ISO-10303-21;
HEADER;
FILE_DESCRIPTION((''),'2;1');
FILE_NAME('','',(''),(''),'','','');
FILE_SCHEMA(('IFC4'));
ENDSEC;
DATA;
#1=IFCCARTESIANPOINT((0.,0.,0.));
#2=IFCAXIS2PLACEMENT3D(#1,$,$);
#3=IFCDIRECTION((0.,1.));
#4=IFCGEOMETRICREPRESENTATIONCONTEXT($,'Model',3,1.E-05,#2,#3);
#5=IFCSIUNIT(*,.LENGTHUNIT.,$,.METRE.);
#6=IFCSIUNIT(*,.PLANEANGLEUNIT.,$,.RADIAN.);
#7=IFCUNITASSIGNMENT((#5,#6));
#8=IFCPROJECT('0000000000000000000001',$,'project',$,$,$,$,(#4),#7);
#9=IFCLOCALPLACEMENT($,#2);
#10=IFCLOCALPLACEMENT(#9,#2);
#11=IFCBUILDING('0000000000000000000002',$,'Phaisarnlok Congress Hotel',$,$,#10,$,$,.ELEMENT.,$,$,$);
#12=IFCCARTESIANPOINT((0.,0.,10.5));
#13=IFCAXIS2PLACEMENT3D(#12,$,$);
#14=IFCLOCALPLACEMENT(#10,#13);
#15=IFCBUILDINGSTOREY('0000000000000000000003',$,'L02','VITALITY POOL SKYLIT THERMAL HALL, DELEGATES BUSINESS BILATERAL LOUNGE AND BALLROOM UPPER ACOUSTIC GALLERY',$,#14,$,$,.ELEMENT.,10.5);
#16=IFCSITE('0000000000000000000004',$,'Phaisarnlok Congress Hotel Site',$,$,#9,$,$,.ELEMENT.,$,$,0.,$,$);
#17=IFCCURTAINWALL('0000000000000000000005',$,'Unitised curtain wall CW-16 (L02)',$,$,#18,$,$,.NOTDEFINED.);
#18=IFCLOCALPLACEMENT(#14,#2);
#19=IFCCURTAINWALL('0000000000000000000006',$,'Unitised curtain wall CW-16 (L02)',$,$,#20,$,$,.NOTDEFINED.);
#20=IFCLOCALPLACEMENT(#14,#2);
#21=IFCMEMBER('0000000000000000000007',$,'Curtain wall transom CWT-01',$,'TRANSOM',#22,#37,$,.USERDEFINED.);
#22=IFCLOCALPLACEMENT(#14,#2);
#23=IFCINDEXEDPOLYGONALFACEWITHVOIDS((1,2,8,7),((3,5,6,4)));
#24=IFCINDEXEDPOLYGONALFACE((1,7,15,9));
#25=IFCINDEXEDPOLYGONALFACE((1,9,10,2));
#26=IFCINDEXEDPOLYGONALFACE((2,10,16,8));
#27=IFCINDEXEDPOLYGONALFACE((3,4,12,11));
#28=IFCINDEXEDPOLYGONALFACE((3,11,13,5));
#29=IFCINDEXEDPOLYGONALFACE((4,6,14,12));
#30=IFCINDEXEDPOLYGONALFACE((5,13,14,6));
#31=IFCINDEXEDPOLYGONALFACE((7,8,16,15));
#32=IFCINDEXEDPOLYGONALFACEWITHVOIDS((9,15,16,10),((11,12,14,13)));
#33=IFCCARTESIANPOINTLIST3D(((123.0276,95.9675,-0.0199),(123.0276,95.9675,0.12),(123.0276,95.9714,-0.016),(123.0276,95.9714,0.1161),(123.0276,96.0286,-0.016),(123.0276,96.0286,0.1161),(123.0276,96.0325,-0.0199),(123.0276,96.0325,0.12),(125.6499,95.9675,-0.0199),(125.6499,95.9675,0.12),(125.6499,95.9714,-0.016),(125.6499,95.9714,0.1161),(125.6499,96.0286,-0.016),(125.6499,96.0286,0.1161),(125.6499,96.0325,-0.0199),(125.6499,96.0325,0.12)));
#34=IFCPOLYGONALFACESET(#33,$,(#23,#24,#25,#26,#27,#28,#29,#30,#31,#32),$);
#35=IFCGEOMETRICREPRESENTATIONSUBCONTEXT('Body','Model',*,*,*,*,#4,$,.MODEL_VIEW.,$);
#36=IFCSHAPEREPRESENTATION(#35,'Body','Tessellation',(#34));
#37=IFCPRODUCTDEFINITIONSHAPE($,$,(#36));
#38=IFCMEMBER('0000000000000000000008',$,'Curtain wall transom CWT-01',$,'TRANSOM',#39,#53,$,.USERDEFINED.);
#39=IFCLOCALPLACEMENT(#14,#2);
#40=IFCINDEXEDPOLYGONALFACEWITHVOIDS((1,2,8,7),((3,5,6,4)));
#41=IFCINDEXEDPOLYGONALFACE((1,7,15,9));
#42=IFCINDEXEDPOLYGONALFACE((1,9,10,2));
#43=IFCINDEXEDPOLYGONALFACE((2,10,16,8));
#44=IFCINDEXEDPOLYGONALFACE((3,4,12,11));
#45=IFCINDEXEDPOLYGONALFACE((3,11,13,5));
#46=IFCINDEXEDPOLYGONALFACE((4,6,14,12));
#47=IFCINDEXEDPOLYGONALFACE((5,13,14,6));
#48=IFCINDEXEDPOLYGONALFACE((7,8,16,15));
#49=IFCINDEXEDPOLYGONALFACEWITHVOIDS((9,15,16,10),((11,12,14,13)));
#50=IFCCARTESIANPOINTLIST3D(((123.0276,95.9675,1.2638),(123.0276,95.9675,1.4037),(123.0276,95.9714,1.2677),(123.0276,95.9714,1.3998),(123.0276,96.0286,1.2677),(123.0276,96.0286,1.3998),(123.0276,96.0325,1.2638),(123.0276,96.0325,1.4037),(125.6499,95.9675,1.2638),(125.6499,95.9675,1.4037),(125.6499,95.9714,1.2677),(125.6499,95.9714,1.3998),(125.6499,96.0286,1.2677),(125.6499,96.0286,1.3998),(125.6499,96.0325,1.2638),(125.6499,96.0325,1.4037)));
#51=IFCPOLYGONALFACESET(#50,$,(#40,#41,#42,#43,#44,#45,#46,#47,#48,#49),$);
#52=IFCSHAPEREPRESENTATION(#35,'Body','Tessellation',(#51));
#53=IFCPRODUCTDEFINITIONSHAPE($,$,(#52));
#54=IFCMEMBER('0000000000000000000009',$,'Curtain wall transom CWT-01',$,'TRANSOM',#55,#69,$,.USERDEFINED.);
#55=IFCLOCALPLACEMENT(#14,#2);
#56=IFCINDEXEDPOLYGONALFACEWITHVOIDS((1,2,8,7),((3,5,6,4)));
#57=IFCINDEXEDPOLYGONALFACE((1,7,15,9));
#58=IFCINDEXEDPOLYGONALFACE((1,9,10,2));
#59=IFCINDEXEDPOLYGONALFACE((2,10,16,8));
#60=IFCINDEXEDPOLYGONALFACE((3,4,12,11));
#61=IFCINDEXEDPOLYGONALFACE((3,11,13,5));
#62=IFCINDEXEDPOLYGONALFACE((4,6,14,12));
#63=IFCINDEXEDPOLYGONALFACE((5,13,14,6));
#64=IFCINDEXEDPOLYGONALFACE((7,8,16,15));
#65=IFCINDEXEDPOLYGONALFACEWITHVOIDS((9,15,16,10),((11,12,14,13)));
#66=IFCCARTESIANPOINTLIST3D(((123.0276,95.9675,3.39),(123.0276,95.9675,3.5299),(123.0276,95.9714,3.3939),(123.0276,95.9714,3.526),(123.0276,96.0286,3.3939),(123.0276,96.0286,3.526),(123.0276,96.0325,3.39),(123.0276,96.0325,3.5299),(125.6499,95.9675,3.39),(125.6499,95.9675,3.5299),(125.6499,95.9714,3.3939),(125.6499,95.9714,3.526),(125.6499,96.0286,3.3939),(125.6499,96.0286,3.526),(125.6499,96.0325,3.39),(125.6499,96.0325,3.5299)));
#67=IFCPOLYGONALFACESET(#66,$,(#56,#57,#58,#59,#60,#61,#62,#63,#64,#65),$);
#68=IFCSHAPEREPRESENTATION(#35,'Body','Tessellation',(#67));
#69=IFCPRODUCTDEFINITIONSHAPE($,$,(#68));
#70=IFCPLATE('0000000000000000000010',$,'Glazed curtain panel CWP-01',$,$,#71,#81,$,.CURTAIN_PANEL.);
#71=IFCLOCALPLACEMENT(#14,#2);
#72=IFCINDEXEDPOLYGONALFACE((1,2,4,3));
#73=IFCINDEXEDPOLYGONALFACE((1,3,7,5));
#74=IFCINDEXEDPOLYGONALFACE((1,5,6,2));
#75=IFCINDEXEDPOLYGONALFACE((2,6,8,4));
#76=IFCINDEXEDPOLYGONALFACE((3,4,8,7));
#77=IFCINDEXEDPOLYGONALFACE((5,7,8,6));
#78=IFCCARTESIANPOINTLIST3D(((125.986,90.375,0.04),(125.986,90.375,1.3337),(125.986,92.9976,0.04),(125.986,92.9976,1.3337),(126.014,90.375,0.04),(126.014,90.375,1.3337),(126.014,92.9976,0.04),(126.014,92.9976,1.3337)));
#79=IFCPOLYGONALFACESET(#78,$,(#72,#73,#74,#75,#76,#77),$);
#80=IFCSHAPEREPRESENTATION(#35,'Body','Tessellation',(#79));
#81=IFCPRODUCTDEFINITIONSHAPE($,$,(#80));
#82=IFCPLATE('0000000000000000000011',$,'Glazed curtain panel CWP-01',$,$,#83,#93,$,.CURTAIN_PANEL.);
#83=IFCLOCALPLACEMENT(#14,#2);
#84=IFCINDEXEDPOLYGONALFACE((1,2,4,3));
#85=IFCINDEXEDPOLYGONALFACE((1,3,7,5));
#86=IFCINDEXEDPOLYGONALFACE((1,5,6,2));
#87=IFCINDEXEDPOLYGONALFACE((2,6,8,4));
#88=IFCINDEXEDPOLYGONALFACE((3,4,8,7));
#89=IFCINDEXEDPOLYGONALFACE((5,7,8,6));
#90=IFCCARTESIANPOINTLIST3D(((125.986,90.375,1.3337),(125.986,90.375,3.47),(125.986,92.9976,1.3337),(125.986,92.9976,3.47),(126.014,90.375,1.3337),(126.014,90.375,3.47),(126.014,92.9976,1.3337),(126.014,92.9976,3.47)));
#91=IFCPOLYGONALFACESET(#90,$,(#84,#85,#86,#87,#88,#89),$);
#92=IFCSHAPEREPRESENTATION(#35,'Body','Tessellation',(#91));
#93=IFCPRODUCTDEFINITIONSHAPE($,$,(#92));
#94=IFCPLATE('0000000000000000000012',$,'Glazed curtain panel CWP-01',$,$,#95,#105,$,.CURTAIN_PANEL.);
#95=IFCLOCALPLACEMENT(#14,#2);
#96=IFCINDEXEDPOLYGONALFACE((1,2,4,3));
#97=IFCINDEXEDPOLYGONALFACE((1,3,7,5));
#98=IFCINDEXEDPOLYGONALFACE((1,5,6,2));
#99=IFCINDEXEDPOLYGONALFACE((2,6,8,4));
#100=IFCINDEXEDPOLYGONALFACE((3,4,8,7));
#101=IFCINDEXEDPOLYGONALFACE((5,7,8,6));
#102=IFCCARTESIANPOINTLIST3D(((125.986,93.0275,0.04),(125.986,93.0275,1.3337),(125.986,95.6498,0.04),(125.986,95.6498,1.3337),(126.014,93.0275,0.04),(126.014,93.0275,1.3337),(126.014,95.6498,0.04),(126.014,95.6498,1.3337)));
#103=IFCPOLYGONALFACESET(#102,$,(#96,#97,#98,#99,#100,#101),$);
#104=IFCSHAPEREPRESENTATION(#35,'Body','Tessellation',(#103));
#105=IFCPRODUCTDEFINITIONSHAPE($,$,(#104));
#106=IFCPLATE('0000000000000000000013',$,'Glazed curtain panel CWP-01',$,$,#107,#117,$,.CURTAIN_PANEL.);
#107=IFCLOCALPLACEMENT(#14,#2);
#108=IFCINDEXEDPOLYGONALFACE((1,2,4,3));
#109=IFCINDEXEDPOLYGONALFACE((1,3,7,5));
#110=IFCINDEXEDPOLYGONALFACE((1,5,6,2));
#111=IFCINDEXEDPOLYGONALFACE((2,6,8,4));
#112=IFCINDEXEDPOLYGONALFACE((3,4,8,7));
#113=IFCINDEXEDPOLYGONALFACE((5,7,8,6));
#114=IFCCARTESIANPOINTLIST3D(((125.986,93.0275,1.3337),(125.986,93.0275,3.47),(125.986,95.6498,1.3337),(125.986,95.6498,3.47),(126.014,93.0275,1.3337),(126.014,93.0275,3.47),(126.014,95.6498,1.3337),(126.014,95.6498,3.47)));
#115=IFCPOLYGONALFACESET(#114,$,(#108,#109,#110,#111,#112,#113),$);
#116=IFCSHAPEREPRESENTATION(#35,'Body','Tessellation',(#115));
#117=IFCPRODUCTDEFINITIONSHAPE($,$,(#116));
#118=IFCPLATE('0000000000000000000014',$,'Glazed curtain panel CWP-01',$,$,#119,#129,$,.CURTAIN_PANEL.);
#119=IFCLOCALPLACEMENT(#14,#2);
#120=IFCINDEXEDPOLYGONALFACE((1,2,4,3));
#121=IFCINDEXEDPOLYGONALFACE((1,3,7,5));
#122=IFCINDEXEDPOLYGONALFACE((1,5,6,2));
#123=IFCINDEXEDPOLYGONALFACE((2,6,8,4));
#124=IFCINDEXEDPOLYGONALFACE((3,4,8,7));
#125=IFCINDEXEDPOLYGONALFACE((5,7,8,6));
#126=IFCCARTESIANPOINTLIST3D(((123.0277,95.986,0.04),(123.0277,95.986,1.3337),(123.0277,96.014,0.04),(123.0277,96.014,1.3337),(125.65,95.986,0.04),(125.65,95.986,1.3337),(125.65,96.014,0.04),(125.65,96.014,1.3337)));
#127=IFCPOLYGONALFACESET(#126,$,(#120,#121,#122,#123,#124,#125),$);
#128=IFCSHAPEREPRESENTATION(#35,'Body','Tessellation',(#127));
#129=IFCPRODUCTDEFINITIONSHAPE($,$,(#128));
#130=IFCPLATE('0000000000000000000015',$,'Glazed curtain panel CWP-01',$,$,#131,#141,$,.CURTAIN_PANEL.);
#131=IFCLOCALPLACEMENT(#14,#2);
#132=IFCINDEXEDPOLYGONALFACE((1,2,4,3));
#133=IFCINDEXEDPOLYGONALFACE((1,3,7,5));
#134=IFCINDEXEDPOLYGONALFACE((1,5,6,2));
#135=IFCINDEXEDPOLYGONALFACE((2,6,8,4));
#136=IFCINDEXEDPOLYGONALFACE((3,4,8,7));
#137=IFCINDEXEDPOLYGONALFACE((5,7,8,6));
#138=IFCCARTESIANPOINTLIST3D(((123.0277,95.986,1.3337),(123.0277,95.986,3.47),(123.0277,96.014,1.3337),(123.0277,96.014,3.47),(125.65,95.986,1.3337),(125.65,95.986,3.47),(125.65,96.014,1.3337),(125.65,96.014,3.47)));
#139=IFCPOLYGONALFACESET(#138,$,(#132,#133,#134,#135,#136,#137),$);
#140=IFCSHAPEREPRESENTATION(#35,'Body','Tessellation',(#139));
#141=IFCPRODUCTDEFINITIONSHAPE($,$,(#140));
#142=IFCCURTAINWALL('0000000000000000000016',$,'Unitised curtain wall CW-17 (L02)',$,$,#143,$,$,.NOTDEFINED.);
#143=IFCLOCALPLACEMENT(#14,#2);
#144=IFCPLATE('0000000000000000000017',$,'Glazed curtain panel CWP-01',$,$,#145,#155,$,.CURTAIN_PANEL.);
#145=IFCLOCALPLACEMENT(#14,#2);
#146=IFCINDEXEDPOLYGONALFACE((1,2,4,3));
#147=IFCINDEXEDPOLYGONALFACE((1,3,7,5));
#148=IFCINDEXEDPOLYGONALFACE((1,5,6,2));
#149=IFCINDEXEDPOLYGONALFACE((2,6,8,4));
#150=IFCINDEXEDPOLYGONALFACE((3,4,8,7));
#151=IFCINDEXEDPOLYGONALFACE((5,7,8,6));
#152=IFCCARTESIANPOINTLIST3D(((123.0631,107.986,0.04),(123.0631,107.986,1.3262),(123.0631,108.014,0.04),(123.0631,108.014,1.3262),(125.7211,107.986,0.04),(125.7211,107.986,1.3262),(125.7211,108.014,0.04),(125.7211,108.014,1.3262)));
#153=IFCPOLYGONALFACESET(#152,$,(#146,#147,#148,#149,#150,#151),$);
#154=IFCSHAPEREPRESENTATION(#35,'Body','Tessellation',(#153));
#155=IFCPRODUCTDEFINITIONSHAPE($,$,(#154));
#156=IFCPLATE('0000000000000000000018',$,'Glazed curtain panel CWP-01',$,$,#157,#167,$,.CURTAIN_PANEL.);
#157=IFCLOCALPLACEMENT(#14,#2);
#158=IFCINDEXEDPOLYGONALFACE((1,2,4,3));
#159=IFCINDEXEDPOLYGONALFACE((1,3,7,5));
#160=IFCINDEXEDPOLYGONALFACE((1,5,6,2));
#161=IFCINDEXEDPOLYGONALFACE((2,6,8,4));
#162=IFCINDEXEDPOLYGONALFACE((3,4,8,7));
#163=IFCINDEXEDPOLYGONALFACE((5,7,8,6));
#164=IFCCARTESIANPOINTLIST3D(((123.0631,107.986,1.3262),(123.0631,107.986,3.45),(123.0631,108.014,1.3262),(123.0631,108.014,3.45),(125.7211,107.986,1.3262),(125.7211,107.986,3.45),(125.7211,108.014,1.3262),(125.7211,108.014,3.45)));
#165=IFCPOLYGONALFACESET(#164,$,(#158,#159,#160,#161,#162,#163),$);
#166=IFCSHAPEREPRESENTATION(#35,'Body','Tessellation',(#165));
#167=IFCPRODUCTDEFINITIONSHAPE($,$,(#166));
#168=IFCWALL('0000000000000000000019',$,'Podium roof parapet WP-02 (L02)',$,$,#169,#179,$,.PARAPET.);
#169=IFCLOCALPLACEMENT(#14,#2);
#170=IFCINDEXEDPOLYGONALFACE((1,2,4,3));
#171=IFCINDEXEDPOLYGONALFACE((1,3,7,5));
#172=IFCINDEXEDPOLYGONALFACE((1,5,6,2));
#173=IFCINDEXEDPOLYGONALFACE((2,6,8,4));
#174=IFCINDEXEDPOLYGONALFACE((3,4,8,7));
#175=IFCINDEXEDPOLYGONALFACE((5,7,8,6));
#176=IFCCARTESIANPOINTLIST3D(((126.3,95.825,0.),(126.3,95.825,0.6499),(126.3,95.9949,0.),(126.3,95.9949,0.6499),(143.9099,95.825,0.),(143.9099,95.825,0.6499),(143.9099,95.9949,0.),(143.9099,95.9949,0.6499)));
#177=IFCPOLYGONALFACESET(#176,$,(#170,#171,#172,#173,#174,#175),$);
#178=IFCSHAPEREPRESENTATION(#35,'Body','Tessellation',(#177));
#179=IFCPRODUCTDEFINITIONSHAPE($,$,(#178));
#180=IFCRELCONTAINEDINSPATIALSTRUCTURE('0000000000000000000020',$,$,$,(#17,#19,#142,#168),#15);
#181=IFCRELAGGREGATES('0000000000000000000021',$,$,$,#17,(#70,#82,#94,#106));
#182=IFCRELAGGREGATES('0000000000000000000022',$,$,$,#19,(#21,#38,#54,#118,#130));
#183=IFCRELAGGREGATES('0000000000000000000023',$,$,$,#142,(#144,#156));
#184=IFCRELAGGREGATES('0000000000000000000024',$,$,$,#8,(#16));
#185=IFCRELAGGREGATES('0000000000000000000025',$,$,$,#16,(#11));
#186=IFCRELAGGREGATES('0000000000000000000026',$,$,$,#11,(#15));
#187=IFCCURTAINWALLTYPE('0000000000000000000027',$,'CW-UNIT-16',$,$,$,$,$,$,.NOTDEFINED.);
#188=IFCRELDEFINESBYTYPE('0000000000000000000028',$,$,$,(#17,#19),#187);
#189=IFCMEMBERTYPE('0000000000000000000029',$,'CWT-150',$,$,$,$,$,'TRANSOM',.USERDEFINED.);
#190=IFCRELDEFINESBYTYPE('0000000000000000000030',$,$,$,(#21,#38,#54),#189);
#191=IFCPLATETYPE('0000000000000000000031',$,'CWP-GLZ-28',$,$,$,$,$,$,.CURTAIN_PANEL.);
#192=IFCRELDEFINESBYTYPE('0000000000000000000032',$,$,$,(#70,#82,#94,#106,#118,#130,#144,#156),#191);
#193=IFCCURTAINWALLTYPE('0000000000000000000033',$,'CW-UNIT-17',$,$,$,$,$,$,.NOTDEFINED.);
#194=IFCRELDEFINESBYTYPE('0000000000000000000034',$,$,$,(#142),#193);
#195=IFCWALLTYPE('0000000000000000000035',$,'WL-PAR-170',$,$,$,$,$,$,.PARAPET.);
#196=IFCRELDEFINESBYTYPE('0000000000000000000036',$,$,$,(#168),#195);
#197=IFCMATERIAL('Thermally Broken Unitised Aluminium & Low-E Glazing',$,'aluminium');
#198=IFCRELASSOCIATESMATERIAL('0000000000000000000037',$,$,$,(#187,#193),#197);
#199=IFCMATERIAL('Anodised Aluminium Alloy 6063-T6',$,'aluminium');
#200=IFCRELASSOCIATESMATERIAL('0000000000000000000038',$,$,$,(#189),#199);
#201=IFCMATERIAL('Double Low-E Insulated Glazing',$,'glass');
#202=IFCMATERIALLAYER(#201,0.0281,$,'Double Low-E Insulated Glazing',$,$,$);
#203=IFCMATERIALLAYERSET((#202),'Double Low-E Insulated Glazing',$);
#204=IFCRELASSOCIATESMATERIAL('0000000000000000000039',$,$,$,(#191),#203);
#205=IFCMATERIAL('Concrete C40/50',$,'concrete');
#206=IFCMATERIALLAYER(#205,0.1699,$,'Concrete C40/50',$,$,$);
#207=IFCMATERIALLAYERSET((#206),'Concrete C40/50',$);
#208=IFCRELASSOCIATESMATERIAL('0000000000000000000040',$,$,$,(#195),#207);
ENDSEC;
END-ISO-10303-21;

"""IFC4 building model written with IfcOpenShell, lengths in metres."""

from ifc_helpers import new_model, si_unit, direction, frame, frame_2d, origin, origin_2d, place, context, subcontext, project, spatial, rectangle, hollow_rectangle, extrude, material, layer, layer_set, material_profile, profile_set, type_object, element, aggregate, save


model = new_model("IFC4")

# Units and contexts
model_context = context("Model", 3, precision=1e-05, world=origin(), true_north=direction((0.0, 1.0)))
body_context = subcontext(model_context, "Body", "Model", "MODEL_VIEW")
ifc_project = project(units=[si_unit("LENGTHUNIT", "METRE"), si_unit("PLANEANGLEUNIT", "RADIAN")], contexts=[model_context])

# Site, building, storey
site_placement = place(None, origin())
site = spatial("IfcSite", under=ifc_project, at=site_placement, Name="Phaisarnlok Congress Hotel Site", CompositionType="ELEMENT", RefElevation=0.0)
building_placement = place(site_placement, origin())
building = spatial("IfcBuilding", under=site, at=building_placement, Name="Phaisarnlok Congress Hotel", CompositionType="ELEMENT")
storey_placement = place(building_placement, frame((0.0, 0.0, 10.5)))
storey = spatial("IfcBuildingStorey", under=building, at=storey_placement, Name="L02", Description="VITALITY POOL SKYLIT THERMAL HALL, DELEGATES BUSINESS BILATERAL LOUNGE AND BALLROOM UPPER ACOUSTIC GALLERY", CompositionType="ELEMENT", Elevation=10.5)

# Curtain wall
ifc_material_1 = material(Name="Thermally Broken Unitised Aluminium & Low-E Glazing", Category="aluminium")
curtain_wall_type_1 = type_object("IfcCurtainWallType", Name="CW-UNIT-16", PredefinedType="NOTDEFINED", material=ifc_material_1)
curtain_wall_1_placement = place(storey_placement, origin())
curtain_wall_1 = element("IfcCurtainWall", 1, at=curtain_wall_1_placement, inside=storey, type_object=curtain_wall_type_1, Name="Unitised curtain wall CW-16 (L02)", PredefinedType="NOTDEFINED")
ifc_material_2 = material(Name="Anodised Aluminium Alloy 6063-T6", Category="aluminium")

# Curtain wall
curtain_wall_2_placement = place(storey_placement, origin())
curtain_wall_2 = element("IfcCurtainWall", 2, at=curtain_wall_2_placement, inside=storey, type_object=curtain_wall_type_1, Name="Unitised curtain wall CW-16 (L02)", PredefinedType="NOTDEFINED")

# Members
ifc_material_profile_1 = material_profile(ifc_material_2, hollow_rectangle(XDim=0.0649, YDim=0.1399, WallThickness=0.0039, at=origin_2d()), Name="ALU-T 65x140x4")
ifc_profile_set_1 = profile_set([ifc_material_profile_1], Name="Anodised Aluminium Alloy 6063-T6")
member_type_1 = type_object("IfcMemberType", Name="CWT-150", ElementType="TRANSOM", PredefinedType="USERDEFINED", material=ifc_profile_set_1)
member_1_placement = place(storey_placement, frame((125.6499, 96.0, 0.05), z_axis=(-1.0, 0.0, 0.0), x_axis=(0.0, -1.0, 0.0)))
member_1 = element("IfcMember", 3, at=member_1_placement, type_object=member_type_1, Name="Curtain wall transom CWT-01", ObjectType="TRANSOM", PredefinedType="USERDEFINED", context=body_context, shape_type="SweptSolid", body=[
    extrude(hollow_rectangle(XDim=0.0649, YDim=0.1399, WallThickness=0.0039, at=origin_2d()), origin(), (0.0, 0.0, 1.0), 2.6223),
])
member_2_placement = place(storey_placement, frame((125.6499, 96.0, 1.3337), z_axis=(-1.0, 0.0, 0.0), x_axis=(0.0, -1.0, 0.0)))
member_2 = element("IfcMember", 4, at=member_2_placement, type_object=member_type_1, Name="Curtain wall transom CWT-01", ObjectType="TRANSOM", PredefinedType="USERDEFINED", context=body_context, shape_type="SweptSolid", body=[
    extrude(hollow_rectangle(XDim=0.0649, YDim=0.1399, WallThickness=0.0039, at=origin_2d()), origin(), (0.0, 0.0, 1.0), 2.6223),
])
member_3_placement = place(storey_placement, frame((125.6499, 96.0, 3.46), z_axis=(-1.0, 0.0, 0.0), x_axis=(0.0, -1.0, 0.0)))
member_3 = element("IfcMember", 5, at=member_3_placement, type_object=member_type_1, Name="Curtain wall transom CWT-01", ObjectType="TRANSOM", PredefinedType="USERDEFINED", context=body_context, shape_type="SweptSolid", body=[
    extrude(hollow_rectangle(XDim=0.0649, YDim=0.1399, WallThickness=0.0039, at=origin_2d()), origin(), (0.0, 0.0, 1.0), 2.6223),
])

# Plates
ifc_material_3 = material(Name="Double Low-E Insulated Glazing", Category="glass")
ifc_layer_1 = layer(ifc_material_3, 0.0281, Name="Double Low-E Insulated Glazing")
ifc_layer_set_1 = layer_set([ifc_layer_1], Name="Double Low-E Insulated Glazing")
plate_type = type_object("IfcPlateType", Name="CWP-GLZ-28", PredefinedType="CURTAIN_PANEL", material=ifc_layer_set_1)
plate_1_placement = place(storey_placement, frame((126.0, 90.375, 0.04), z_axis=(0.0, 0.0, 1.0), x_axis=(0.0, 1.0, 0.0)))
plate_1 = element("IfcPlate", 6, at=plate_1_placement, type_object=plate_type, Name="Glazed curtain panel CWP-01", PredefinedType="CURTAIN_PANEL", context=body_context, shape_type="SweptSolid", body=[
    extrude(rectangle(XDim=2.6226, YDim=0.0281, at=frame_2d((1.3113, 0.0))), origin(), (0.0, 0.0, 1.0), 1.2937),
])
plate_2_placement = place(storey_placement, frame((126.0, 90.375, 1.3337), z_axis=(0.0, 0.0, 1.0), x_axis=(0.0, 1.0, 0.0)))
plate_2 = element("IfcPlate", 7, at=plate_2_placement, type_object=plate_type, Name="Glazed curtain panel CWP-01", PredefinedType="CURTAIN_PANEL", context=body_context, shape_type="SweptSolid", body=[
    extrude(rectangle(XDim=2.6226, YDim=0.0281, at=frame_2d((1.3113, 0.0))), origin(), (0.0, 0.0, 1.0), 2.1362),
])
plate_3_placement = place(storey_placement, frame((126.0, 93.0276, 0.04), z_axis=(0.0, 0.0, 1.0), x_axis=(0.0, 1.0, 0.0)))
plate_3 = element("IfcPlate", 8, at=plate_3_placement, type_object=plate_type, Name="Glazed curtain panel CWP-01", PredefinedType="CURTAIN_PANEL", context=body_context, shape_type="SweptSolid", body=[
    extrude(rectangle(XDim=2.6223, YDim=0.0281, at=frame_2d((1.311, 0.0))), origin(), (0.0, 0.0, 1.0), 1.2937),
])
plate_4_placement = place(storey_placement, frame((126.0, 93.0276, 1.3337), z_axis=(0.0, 0.0, 1.0), x_axis=(0.0, 1.0, 0.0)))
plate_4 = element("IfcPlate", 9, at=plate_4_placement, type_object=plate_type, Name="Glazed curtain panel CWP-01", PredefinedType="CURTAIN_PANEL", context=body_context, shape_type="SweptSolid", body=[
    extrude(rectangle(XDim=2.6223, YDim=0.0281, at=frame_2d((1.311, 0.0))), origin(), (0.0, 0.0, 1.0), 2.1362),
])
aggregate(curtain_wall_1, [plate_1, plate_2, plate_3, plate_4])
plate_5_placement = place(storey_placement, frame((125.6499, 96.0, 0.04), z_axis=(0.0, 0.0, 1.0), x_axis=(-1.0, 0.0, 0.0)))
plate_5 = element("IfcPlate", 10, at=plate_5_placement, type_object=plate_type, Name="Glazed curtain panel CWP-01", PredefinedType="CURTAIN_PANEL", context=body_context, shape_type="SweptSolid", body=[
    extrude(rectangle(XDim=2.6223, YDim=0.0281, at=frame_2d((1.311, 0.0))), origin(), (0.0, 0.0, 1.0), 1.2937),
])
plate_6_placement = place(storey_placement, frame((125.6499, 96.0, 1.3337), z_axis=(0.0, 0.0, 1.0), x_axis=(-1.0, 0.0, 0.0)))
plate_6 = element("IfcPlate", 11, at=plate_6_placement, type_object=plate_type, Name="Glazed curtain panel CWP-01", PredefinedType="CURTAIN_PANEL", context=body_context, shape_type="SweptSolid", body=[
    extrude(rectangle(XDim=2.6223, YDim=0.0281, at=frame_2d((1.311, 0.0))), origin(), (0.0, 0.0, 1.0), 2.1362),
])
aggregate(curtain_wall_2, [member_1, member_2, member_3, plate_5, plate_6])

# Curtain wall, plates
curtain_wall_type_2 = type_object("IfcCurtainWallType", Name="CW-UNIT-17", PredefinedType="NOTDEFINED", material=ifc_material_1)
curtain_wall_3_placement = place(storey_placement, origin())
curtain_wall_3 = element("IfcCurtainWall", 12, at=curtain_wall_3_placement, inside=storey, type_object=curtain_wall_type_2, Name="Unitised curtain wall CW-17 (L02)", PredefinedType="NOTDEFINED")
plate_7_placement = place(storey_placement, frame((123.063, 108.0, 0.04), z_axis=(0.0, 0.0, 1.0), x_axis=(1.0, 0.0, 0.0)))
plate_7 = element("IfcPlate", 13, at=plate_7_placement, type_object=plate_type, Name="Glazed curtain panel CWP-01", PredefinedType="CURTAIN_PANEL", context=body_context, shape_type="SweptSolid", body=[
    extrude(rectangle(XDim=2.658, YDim=0.0281, at=frame_2d((1.3291, 0.0))), origin(), (0.0, 0.0, 1.0), 1.2861),
])
plate_8_placement = place(storey_placement, frame((123.063, 108.0, 1.3262), z_axis=(0.0, 0.0, 1.0), x_axis=(1.0, 0.0, 0.0)))
plate_8 = element("IfcPlate", 14, at=plate_8_placement, type_object=plate_type, Name="Glazed curtain panel CWP-01", PredefinedType="CURTAIN_PANEL", context=body_context, shape_type="SweptSolid", body=[
    extrude(rectangle(XDim=2.658, YDim=0.0281, at=frame_2d((1.3291, 0.0))), origin(), (0.0, 0.0, 1.0), 2.1238),
])
aggregate(curtain_wall_3, [plate_7, plate_8])

# Wall
ifc_material_4 = material(Name="Concrete C40/50", Category="concrete")
ifc_layer_2 = layer(ifc_material_4, 0.1699, Name="Concrete C40/50")
ifc_layer_set_2 = layer_set([ifc_layer_2], Name="Concrete C40/50")
wall_type = type_object("IfcWallType", Name="WL-PAR-170", PredefinedType="PARAPET", material=ifc_layer_set_2)
wall_placement = place(storey_placement, frame((143.9099, 95.9099, 0.0), z_axis=(0.0, 0.0, 1.0), x_axis=(-1.0, 0.0, 0.0)))
element("IfcWall", 15, at=wall_placement, inside=storey, type_object=wall_type, Name="Podium roof parapet WP-02 (L02)", PredefinedType="PARAPET", context=body_context, shape_type="SweptSolid", body=[
    extrude(rectangle(XDim=17.6099, YDim=0.1699, at=frame_2d((8.8049, 0.0))), origin(), (0.0, 0.0, 1.0), 0.6499),
])

save(model, "model.ifc")
